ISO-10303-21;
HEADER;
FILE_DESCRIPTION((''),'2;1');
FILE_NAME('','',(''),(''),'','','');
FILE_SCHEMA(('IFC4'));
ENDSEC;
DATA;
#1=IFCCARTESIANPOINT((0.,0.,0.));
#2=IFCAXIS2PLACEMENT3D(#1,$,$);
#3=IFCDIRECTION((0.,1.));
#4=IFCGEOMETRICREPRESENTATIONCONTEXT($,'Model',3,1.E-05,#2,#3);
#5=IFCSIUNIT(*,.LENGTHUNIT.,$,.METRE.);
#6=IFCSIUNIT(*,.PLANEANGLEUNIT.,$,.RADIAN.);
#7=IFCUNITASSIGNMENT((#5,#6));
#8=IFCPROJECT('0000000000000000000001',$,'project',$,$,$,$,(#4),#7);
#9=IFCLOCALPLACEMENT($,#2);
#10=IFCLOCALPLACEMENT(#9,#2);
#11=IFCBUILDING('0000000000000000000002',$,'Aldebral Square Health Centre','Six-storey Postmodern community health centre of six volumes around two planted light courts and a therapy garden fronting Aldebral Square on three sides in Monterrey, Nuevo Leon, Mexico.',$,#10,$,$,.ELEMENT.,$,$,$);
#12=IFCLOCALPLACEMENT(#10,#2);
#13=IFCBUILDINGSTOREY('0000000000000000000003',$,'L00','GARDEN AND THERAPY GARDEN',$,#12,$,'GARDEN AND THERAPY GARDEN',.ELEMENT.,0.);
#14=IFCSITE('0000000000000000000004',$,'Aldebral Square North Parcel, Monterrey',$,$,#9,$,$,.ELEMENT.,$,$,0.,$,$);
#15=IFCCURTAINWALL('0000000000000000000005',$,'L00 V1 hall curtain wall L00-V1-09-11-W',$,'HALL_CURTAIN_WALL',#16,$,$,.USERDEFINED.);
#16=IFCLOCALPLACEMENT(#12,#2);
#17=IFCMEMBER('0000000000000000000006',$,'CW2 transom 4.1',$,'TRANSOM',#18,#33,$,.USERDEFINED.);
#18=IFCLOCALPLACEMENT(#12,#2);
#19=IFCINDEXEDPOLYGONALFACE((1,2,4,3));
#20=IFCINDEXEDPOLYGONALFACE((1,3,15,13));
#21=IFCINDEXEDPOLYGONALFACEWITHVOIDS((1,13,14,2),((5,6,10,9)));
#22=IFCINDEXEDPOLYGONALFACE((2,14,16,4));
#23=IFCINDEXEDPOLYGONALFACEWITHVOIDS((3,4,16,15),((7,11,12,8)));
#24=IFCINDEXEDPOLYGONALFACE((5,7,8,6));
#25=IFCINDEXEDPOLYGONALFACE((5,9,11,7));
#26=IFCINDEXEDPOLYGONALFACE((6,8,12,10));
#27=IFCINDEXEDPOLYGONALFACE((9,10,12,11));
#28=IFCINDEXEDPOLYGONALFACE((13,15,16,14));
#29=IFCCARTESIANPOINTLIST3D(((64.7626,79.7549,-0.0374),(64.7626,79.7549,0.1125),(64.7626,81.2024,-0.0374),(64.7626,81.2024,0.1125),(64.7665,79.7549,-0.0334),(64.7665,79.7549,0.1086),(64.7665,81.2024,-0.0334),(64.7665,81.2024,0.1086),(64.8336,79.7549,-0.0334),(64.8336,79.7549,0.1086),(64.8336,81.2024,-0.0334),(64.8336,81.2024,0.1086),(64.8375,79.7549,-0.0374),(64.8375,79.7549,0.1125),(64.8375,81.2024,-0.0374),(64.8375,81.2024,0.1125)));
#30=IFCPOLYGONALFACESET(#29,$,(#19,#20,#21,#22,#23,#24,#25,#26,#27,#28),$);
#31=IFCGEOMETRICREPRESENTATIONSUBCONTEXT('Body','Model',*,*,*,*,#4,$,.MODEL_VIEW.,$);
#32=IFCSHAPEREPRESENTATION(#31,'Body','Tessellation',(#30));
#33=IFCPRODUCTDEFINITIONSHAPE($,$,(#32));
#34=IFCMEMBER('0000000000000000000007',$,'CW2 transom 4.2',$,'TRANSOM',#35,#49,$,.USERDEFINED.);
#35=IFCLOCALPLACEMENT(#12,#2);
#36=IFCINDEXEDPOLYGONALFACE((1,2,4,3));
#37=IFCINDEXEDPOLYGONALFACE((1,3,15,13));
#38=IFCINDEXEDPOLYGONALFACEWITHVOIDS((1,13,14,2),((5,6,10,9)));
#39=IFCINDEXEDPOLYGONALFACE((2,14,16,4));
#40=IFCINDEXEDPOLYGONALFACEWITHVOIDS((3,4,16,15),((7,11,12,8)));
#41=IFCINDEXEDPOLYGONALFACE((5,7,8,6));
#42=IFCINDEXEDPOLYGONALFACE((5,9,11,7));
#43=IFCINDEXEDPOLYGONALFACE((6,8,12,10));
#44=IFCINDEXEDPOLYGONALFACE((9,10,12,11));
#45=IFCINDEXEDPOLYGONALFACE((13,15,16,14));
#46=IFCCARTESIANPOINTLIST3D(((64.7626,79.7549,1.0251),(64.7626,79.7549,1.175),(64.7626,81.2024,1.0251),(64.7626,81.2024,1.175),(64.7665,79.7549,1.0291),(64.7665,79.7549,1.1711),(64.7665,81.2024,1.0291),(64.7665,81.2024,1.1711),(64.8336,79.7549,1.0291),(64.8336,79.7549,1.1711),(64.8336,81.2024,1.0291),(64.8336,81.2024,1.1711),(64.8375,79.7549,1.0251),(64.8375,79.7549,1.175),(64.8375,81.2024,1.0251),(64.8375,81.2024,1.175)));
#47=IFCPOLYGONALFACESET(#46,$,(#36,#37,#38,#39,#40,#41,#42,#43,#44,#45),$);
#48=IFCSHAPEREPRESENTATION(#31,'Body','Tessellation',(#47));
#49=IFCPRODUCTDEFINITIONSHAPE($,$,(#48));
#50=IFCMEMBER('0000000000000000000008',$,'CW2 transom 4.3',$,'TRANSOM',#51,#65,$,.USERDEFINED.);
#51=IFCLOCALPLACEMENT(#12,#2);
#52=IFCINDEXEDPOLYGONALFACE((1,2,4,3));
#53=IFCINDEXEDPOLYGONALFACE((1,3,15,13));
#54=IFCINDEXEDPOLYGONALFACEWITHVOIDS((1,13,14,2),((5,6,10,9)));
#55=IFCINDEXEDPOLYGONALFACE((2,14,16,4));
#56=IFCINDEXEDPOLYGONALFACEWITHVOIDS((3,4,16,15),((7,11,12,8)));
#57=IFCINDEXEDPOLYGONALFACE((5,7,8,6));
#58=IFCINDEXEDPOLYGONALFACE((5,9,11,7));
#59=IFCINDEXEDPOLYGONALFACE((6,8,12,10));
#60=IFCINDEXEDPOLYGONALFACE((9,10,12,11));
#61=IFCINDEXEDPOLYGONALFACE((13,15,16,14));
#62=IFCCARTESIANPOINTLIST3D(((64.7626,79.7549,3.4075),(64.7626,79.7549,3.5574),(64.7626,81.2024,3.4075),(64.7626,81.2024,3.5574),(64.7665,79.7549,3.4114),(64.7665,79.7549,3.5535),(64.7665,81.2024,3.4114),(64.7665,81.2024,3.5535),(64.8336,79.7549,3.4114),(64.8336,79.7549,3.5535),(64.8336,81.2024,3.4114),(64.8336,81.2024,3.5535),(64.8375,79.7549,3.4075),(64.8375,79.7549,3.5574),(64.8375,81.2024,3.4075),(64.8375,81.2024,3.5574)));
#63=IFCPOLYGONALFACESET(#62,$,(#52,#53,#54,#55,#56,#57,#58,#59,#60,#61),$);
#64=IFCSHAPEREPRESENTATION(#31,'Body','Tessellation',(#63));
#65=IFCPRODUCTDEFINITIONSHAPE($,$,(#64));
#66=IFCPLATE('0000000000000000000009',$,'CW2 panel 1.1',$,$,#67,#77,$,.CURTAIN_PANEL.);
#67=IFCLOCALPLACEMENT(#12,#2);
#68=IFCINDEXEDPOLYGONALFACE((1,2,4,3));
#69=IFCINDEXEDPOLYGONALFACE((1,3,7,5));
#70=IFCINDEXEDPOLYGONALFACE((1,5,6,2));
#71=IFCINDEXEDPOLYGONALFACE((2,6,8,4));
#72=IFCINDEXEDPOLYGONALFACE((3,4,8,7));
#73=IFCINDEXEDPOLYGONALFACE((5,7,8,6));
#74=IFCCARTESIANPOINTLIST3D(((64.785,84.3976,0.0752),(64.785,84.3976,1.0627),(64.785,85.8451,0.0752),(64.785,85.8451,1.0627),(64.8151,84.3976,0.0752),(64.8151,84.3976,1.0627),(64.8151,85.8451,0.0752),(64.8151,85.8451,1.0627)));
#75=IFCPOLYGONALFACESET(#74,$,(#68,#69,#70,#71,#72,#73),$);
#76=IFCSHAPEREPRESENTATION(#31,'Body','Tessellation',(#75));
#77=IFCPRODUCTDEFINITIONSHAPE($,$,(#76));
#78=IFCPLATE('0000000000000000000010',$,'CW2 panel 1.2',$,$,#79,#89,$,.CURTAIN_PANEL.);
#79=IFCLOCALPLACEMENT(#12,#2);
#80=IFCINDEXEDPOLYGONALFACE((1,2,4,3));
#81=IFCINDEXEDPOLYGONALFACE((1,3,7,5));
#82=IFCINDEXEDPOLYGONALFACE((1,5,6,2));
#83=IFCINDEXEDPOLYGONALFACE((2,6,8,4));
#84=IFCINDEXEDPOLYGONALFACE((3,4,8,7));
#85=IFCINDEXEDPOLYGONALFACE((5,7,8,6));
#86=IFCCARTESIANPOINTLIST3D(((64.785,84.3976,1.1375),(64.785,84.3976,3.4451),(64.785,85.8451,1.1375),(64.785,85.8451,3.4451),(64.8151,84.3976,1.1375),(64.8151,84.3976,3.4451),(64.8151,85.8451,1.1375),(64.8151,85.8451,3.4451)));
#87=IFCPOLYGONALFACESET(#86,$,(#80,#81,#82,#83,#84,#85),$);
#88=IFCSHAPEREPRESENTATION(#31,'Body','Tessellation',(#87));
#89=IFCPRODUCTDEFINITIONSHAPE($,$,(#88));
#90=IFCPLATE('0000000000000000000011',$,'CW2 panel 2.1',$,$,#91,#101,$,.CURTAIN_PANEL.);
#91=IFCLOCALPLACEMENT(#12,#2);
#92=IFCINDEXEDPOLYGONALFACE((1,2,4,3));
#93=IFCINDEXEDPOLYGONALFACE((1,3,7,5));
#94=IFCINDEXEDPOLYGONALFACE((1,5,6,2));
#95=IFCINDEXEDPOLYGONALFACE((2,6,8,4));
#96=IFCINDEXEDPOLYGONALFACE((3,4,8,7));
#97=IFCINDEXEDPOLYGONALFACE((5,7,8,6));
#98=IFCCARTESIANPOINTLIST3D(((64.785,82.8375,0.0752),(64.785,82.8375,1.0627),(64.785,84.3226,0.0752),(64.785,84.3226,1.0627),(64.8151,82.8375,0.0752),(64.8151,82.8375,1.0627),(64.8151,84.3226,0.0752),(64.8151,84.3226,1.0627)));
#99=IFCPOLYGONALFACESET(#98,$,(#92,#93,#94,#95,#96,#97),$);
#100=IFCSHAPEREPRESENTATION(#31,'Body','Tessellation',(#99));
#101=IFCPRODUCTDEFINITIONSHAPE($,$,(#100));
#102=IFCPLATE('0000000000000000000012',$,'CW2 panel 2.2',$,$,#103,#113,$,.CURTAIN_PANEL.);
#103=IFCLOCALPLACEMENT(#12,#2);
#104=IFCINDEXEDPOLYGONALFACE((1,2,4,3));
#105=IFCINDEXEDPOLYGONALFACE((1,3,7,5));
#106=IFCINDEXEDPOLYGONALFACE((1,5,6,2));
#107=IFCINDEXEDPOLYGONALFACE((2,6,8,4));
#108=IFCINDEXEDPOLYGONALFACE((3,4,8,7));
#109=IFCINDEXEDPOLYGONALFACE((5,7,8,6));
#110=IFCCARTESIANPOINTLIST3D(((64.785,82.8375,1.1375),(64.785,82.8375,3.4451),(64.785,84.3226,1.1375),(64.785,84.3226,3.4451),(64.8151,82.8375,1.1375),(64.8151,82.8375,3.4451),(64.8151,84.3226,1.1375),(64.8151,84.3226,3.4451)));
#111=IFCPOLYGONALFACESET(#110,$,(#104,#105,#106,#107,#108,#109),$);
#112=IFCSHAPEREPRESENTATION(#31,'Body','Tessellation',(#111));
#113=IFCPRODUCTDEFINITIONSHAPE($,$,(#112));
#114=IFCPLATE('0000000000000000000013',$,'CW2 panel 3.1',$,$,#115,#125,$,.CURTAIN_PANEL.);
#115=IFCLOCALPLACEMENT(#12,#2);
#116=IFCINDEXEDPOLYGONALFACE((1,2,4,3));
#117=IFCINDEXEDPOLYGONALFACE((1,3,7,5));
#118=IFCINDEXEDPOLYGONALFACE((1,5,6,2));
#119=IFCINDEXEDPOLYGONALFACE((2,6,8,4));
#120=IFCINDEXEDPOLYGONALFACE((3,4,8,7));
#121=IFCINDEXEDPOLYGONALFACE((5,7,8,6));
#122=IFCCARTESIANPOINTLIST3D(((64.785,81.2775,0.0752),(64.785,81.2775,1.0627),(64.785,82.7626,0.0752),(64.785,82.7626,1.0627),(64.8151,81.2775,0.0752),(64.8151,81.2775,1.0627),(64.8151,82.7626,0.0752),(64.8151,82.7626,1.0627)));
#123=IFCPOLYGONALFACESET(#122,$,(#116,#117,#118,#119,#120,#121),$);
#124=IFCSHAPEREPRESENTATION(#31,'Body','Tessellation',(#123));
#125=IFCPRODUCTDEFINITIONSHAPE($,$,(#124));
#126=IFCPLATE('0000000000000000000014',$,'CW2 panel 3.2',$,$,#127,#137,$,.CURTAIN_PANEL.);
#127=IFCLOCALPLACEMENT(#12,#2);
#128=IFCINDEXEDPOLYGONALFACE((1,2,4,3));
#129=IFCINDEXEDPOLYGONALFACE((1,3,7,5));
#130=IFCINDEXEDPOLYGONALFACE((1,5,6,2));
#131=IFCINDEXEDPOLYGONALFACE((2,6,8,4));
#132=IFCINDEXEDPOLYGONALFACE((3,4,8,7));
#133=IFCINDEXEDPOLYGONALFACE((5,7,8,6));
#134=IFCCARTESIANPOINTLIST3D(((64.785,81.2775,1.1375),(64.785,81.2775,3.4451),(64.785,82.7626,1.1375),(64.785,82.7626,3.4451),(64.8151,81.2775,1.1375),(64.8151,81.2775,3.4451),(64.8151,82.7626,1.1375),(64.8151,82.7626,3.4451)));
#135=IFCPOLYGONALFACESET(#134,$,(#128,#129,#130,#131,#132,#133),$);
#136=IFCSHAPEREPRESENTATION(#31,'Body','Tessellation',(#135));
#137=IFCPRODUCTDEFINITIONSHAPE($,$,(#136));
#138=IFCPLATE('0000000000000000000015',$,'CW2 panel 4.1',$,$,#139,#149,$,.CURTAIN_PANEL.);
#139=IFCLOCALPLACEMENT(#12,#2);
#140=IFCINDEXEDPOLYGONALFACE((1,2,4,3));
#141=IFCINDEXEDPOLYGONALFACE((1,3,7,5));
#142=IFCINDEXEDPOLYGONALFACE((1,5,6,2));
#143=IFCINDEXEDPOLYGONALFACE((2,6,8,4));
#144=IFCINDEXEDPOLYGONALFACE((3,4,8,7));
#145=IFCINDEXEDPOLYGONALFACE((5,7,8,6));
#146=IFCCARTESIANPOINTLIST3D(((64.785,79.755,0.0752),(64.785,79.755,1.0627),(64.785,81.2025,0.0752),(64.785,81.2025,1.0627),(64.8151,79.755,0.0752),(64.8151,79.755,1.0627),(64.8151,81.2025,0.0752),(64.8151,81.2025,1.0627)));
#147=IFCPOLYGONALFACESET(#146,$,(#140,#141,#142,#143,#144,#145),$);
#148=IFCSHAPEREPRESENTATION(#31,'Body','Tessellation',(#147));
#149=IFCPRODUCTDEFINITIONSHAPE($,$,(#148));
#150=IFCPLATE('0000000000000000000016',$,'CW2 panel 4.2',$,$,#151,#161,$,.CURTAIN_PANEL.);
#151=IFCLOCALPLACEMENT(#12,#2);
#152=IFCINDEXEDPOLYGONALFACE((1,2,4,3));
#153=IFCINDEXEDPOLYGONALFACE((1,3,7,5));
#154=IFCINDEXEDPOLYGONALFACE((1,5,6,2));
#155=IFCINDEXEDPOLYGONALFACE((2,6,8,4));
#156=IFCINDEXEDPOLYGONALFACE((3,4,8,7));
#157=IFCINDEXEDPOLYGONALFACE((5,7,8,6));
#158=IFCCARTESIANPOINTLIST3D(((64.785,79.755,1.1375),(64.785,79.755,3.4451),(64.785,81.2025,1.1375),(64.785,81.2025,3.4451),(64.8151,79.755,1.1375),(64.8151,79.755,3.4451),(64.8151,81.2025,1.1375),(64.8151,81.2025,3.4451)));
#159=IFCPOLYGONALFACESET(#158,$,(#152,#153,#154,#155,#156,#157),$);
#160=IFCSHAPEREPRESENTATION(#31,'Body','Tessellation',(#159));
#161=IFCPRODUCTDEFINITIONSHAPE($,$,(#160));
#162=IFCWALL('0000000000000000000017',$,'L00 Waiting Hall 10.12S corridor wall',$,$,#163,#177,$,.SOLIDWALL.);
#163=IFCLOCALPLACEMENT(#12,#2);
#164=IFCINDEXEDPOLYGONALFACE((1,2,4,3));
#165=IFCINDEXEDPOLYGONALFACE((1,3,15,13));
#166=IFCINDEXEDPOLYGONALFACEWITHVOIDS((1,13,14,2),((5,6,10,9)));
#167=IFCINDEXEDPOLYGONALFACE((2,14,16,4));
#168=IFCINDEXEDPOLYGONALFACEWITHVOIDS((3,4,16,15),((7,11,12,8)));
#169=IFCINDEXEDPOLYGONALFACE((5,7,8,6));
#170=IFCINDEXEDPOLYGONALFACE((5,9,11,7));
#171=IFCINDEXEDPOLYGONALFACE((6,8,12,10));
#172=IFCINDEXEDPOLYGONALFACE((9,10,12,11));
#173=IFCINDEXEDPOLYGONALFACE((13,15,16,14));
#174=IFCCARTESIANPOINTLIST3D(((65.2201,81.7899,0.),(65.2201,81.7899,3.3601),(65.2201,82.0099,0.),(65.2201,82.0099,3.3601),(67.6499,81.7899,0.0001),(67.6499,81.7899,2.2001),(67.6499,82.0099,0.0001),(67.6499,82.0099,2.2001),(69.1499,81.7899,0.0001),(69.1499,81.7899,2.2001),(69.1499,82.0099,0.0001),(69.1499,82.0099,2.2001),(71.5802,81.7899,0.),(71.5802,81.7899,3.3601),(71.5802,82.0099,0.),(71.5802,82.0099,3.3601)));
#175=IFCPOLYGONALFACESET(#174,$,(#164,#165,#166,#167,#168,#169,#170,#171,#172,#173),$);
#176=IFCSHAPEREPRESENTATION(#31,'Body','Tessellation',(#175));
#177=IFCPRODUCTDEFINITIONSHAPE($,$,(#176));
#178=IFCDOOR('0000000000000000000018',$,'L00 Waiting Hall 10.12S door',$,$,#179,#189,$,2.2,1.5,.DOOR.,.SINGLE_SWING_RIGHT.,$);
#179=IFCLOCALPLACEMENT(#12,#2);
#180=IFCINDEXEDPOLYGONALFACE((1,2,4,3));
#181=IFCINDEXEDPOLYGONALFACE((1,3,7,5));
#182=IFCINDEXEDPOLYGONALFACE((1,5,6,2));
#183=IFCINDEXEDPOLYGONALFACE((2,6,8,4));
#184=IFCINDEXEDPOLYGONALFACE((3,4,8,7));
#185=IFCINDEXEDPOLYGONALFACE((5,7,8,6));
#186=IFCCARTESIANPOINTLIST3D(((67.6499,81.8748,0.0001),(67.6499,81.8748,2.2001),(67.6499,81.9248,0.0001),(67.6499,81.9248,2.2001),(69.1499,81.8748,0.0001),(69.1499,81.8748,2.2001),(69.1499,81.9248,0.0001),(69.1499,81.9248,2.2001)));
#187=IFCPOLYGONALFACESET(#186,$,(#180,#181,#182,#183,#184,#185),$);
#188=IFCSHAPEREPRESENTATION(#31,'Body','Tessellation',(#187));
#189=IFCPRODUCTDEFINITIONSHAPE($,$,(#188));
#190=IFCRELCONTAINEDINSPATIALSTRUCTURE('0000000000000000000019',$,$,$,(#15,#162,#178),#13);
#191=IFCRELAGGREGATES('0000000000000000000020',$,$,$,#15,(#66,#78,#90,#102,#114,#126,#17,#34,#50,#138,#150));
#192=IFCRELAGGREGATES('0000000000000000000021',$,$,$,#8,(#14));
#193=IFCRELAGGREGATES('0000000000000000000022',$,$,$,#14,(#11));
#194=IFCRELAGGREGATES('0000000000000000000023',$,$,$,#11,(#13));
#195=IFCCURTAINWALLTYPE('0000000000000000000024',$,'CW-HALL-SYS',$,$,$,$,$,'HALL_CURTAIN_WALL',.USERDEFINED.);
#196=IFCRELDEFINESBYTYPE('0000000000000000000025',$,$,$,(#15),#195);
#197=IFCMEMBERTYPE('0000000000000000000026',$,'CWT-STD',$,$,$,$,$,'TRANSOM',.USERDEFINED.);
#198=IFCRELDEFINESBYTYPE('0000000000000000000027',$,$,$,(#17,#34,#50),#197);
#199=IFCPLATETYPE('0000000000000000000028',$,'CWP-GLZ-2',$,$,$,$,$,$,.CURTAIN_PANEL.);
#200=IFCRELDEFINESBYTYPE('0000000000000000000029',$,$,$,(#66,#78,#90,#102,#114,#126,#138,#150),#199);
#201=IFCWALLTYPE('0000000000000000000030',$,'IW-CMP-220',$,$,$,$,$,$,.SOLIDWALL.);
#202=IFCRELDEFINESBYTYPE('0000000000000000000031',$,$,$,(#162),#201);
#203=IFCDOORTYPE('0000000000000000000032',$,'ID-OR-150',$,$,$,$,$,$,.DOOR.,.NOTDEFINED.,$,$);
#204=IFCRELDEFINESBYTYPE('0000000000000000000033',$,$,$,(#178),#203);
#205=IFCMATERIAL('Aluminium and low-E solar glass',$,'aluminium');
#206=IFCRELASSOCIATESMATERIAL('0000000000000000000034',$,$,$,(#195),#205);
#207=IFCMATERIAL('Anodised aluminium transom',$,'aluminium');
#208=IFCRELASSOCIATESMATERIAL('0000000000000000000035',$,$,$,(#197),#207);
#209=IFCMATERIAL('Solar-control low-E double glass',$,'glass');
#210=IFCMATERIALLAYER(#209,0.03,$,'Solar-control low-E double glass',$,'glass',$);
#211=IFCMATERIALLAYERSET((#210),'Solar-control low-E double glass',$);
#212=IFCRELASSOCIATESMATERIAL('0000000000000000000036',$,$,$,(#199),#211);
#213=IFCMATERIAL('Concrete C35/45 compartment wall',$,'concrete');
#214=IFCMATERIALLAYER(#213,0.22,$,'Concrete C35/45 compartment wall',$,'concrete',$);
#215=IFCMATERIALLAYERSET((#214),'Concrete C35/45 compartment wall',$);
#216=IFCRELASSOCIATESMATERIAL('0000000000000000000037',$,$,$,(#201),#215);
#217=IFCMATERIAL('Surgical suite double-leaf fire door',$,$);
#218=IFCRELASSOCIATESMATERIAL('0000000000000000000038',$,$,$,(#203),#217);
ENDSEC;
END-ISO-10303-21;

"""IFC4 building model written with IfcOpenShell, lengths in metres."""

from ifc_helpers import new_model, si_unit, direction, frame, frame_2d, origin, origin_2d, place, context, subcontext, project, spatial, rectangle, hollow_rectangle, extrude, material, layer, layer_set, material_profile, profile_set, type_object, element, fill, aggregate, save


model = new_model("IFC4")

# Units and contexts
model_context = context("Model", 3, precision=1e-05, world=origin(), true_north=direction((0.0, 1.0)))
body_context = subcontext(model_context, "Body", "Model", "MODEL_VIEW")
ifc_project = project(units=[si_unit("LENGTHUNIT", "METRE"), si_unit("PLANEANGLEUNIT", "RADIAN")], contexts=[model_context])

# Site, building, storey
site_placement = place(None, origin())
site = spatial("IfcSite", under=ifc_project, at=site_placement, Name="Aldebral Square North Parcel, Monterrey", CompositionType="ELEMENT", RefElevation=0.0)
building_placement = place(site_placement, origin())
building = spatial("IfcBuilding", under=site, at=building_placement, Name="Aldebral Square Health Centre", Description="Six-storey Postmodern community health centre of six volumes around two planted light courts and a therapy garden fronting Aldebral Square on three sides in Monterrey, Nuevo Leon, Mexico.", CompositionType="ELEMENT")
storey_placement = place(building_placement, origin())
storey = spatial("IfcBuildingStorey", under=building, at=storey_placement, Name="L00", Description="GARDEN AND THERAPY GARDEN", LongName="GARDEN AND THERAPY GARDEN", CompositionType="ELEMENT", Elevation=0.0)

# Shared definitions
ifc_material_1 = material(Name="Aluminium and low-E solar glass", Category="aluminium")
curtain_wall_type = type_object("IfcCurtainWallType", Name="CW-HALL-SYS", ElementType="HALL_CURTAIN_WALL", PredefinedType="USERDEFINED", material=ifc_material_1)

# Curtain wall, members, plates
curtain_wall_1_placement = place(storey_placement, origin())
curtain_wall_1 = element("IfcCurtainWall", 1, at=curtain_wall_1_placement, inside=storey, type_object=curtain_wall_type, Name="L00 V1 hall curtain wall L00-V1-09-11-W", ObjectType="HALL_CURTAIN_WALL", PredefinedType="USERDEFINED")
ifc_material_2 = material(Name="Anodised aluminium transom", Category="aluminium")
ifc_material_profile_1 = material_profile(ifc_material_2, hollow_rectangle(XDim=0.075, YDim=0.1499, WallThickness=0.0039, at=origin_2d()), Name="CWT 75x150x4")
ifc_profile_set_1 = profile_set([ifc_material_profile_1], Name="Anodised aluminium transom")
member_type_1 = type_object("IfcMemberType", Name="CWT-STD", ElementType="TRANSOM", PredefinedType="USERDEFINED", material=ifc_profile_set_1)
member_1_placement = place(storey_placement, frame((64.8, 81.2024, 0.0376), z_axis=(0.0, -1.0, 0.0), x_axis=(1.0, 0.0, 0.0)))
member_1 = element("IfcMember", 2, at=member_1_placement, type_object=member_type_1, Name="CW2 transom 4.1", ObjectType="TRANSOM", PredefinedType="USERDEFINED", context=body_context, shape_type="SweptSolid", body=[
    extrude(hollow_rectangle(XDim=0.075, YDim=0.1499, WallThickness=0.0039, at=origin_2d()), origin(), (0.0, 0.0, 1.0), 1.4475),
])
member_2_placement = place(storey_placement, frame((64.8, 81.2024, 1.1001), z_axis=(0.0, -1.0, 0.0), x_axis=(1.0, 0.0, 0.0)))
member_2 = element("IfcMember", 3, at=member_2_placement, type_object=member_type_1, Name="CW2 transom 4.2", ObjectType="TRANSOM", PredefinedType="USERDEFINED", context=body_context, shape_type="SweptSolid", body=[
    extrude(hollow_rectangle(XDim=0.075, YDim=0.1499, WallThickness=0.0039, at=origin_2d()), origin(), (0.0, 0.0, 1.0), 1.4475),
])
member_3_placement = place(storey_placement, frame((64.8, 81.2024, 3.4824), z_axis=(0.0, -1.0, 0.0), x_axis=(1.0, 0.0, 0.0)))
member_3 = element("IfcMember", 4, at=member_3_placement, type_object=member_type_1, Name="CW2 transom 4.3", ObjectType="TRANSOM", PredefinedType="USERDEFINED", context=body_context, shape_type="SweptSolid", body=[
    extrude(hollow_rectangle(XDim=0.075, YDim=0.1499, WallThickness=0.0039, at=origin_2d()), origin(), (0.0, 0.0, 1.0), 1.4475),
])
ifc_material_3 = material(Name="Solar-control low-E double glass", Category="glass")
ifc_layer_1 = layer(ifc_material_3, 0.03, Name="Solar-control low-E double glass", Category="glass")
ifc_layer_set_1 = layer_set([ifc_layer_1], Name="Solar-control low-E double glass")
plate_type = type_object("IfcPlateType", Name="CWP-GLZ-2", PredefinedType="CURTAIN_PANEL", material=ifc_layer_set_1)
plate_1_placement = place(storey_placement, frame((64.8, 85.1213, 0.0752), z_axis=(0.0, 0.0, 1.0), x_axis=(0.0, -1.0, 0.0)))
plate_1 = element("IfcPlate", 5, at=plate_1_placement, type_object=plate_type, Name="CW2 panel 1.1", PredefinedType="CURTAIN_PANEL", context=body_context, shape_type="SweptSolid", body=[
    extrude(rectangle(XDim=1.4475, YDim=0.03, at=origin_2d()), origin(), (0.0, 0.0, 1.0), 0.9875),
])
plate_2_placement = place(storey_placement, frame((64.8, 85.1213, 1.1375), z_axis=(0.0, 0.0, 1.0), x_axis=(0.0, -1.0, 0.0)))
plate_2 = element("IfcPlate", 6, at=plate_2_placement, type_object=plate_type, Name="CW2 panel 1.2", PredefinedType="CURTAIN_PANEL", context=body_context, shape_type="SweptSolid", body=[
    extrude(rectangle(XDim=1.4475, YDim=0.03, at=origin_2d()), origin(), (0.0, 0.0, 1.0), 2.3076),
])
plate_3_placement = place(storey_placement, frame((64.8, 83.5801, 0.0752), z_axis=(0.0, 0.0, 1.0), x_axis=(0.0, -1.0, 0.0)))
plate_3 = element("IfcPlate", 7, at=plate_3_placement, type_object=plate_type, Name="CW2 panel 2.1", PredefinedType="CURTAIN_PANEL", context=body_context, shape_type="SweptSolid", body=[
    extrude(rectangle(XDim=1.4851, YDim=0.03, at=origin_2d()), origin(), (0.0, 0.0, 1.0), 0.9875),
])
plate_4_placement = place(storey_placement, frame((64.8, 83.5801, 1.1375), z_axis=(0.0, 0.0, 1.0), x_axis=(0.0, -1.0, 0.0)))
plate_4 = element("IfcPlate", 8, at=plate_4_placement, type_object=plate_type, Name="CW2 panel 2.2", PredefinedType="CURTAIN_PANEL", context=body_context, shape_type="SweptSolid", body=[
    extrude(rectangle(XDim=1.4851, YDim=0.03, at=origin_2d()), origin(), (0.0, 0.0, 1.0), 2.3076),
])
plate_5_placement = place(storey_placement, frame((64.8, 82.02, 0.0752), z_axis=(0.0, 0.0, 1.0), x_axis=(0.0, -1.0, 0.0)))
plate_5 = element("IfcPlate", 9, at=plate_5_placement, type_object=plate_type, Name="CW2 panel 3.1", PredefinedType="CURTAIN_PANEL", context=body_context, shape_type="SweptSolid", body=[
    extrude(rectangle(XDim=1.4851, YDim=0.03, at=origin_2d()), origin(), (0.0, 0.0, 1.0), 0.9875),
])
plate_6_placement = place(storey_placement, frame((64.8, 82.02, 1.1375), z_axis=(0.0, 0.0, 1.0), x_axis=(0.0, -1.0, 0.0)))
plate_6 = element("IfcPlate", 10, at=plate_6_placement, type_object=plate_type, Name="CW2 panel 3.2", PredefinedType="CURTAIN_PANEL", context=body_context, shape_type="SweptSolid", body=[
    extrude(rectangle(XDim=1.4851, YDim=0.03, at=origin_2d()), origin(), (0.0, 0.0, 1.0), 2.3076),
])
plate_7_placement = place(storey_placement, frame((64.8, 80.4788, 0.0752), z_axis=(0.0, 0.0, 1.0), x_axis=(0.0, -1.0, 0.0)))
plate_7 = element("IfcPlate", 11, at=plate_7_placement, type_object=plate_type, Name="CW2 panel 4.1", PredefinedType="CURTAIN_PANEL", context=body_context, shape_type="SweptSolid", body=[
    extrude(rectangle(XDim=1.4475, YDim=0.03, at=origin_2d()), origin(), (0.0, 0.0, 1.0), 0.9875),
])
plate_8_placement = place(storey_placement, frame((64.8, 80.4788, 1.1375), z_axis=(0.0, 0.0, 1.0), x_axis=(0.0, -1.0, 0.0)))
plate_8 = element("IfcPlate", 12, at=plate_8_placement, type_object=plate_type, Name="CW2 panel 4.2", PredefinedType="CURTAIN_PANEL", context=body_context, shape_type="SweptSolid", body=[
    extrude(rectangle(XDim=1.4475, YDim=0.03, at=origin_2d()), origin(), (0.0, 0.0, 1.0), 2.3076),
])
aggregate(curtain_wall_1, [plate_1, plate_2, plate_3, plate_4, plate_5, plate_6, member_1, member_2, member_3, plate_7, plate_8])

# Wall, opening, door
ifc_material_4 = material(Name="Concrete C35/45 compartment wall", Category="concrete")
ifc_layer_2 = layer(ifc_material_4, 0.22, Name="Concrete C35/45 compartment wall", Category="concrete")
ifc_layer_set_2 = layer_set([ifc_layer_2], Name="Concrete C35/45 compartment wall")
wall_type_1 = type_object("IfcWallType", Name="IW-CMP-220", PredefinedType="SOLIDWALL", material=ifc_layer_set_2)
wall_1_placement = place(storey_placement, frame((65.22, 81.8999, 0.0), z_axis=(0.0, 0.0, 1.0), x_axis=(1.0, 0.0, 0.0)))
wall_1 = element("IfcWall", 13, at=wall_1_placement, inside=storey, type_object=wall_type_1, Name="L00 Waiting Hall 10.12S corridor wall", PredefinedType="SOLIDWALL", context=body_context, shape_type="SweptSolid", body=[
    extrude(rectangle(XDim=6.3601, YDim=0.22, at=frame_2d((3.1802, 0.0))), origin(), (0.0, 0.0, 1.0), 3.3601),
])
opening_1_placement = place(wall_1_placement, frame((2.4299, 0.0, 0.0)))
opening_1 = element("IfcOpeningElement", 14, at=opening_1_placement, cuts=wall_1, PredefinedType="OPENING", context=body_context, shape_type="SweptSolid", body=[
    extrude(rectangle(XDim=1.5, YDim=2.2, at=frame_2d((0.75, 1.1001))), frame((0.0, 0.1201, 0.0), z_axis=(0.0, -1.0, 0.0), x_axis=(1.0, 0.0, 0.0)), (0.0, 0.0, 1.0), 0.24),
])
ifc_material_5 = material(Name="Surgical suite double-leaf fire door")
door_type_1 = type_object("IfcDoorType", Name="ID-OR-150", OperationType="NOTDEFINED", PredefinedType="DOOR", material=ifc_material_5)
door_1_placement = place(opening_1_placement, origin())
door_1 = element("IfcDoor", 15, at=door_1_placement, inside=storey, type_object=door_type_1, Name="L00 Waiting Hall 10.12S door", OperationType="SINGLE_SWING_RIGHT", OverallHeight=2.2, OverallWidth=1.5, PredefinedType="DOOR", context=body_context, shape_type="SweptSolid", body=[
    extrude(rectangle(XDim=1.5, YDim=2.2, at=frame_2d((0.75, 1.1001))), frame((0.0, 0.0249, 0.0), z_axis=(0.0, -1.0, 0.0), x_axis=(1.0, 0.0, 0.0)), (0.0, 0.0, 1.0), 0.05),
])
fill(opening_1, door_1)

save(model, "model.ifc")
